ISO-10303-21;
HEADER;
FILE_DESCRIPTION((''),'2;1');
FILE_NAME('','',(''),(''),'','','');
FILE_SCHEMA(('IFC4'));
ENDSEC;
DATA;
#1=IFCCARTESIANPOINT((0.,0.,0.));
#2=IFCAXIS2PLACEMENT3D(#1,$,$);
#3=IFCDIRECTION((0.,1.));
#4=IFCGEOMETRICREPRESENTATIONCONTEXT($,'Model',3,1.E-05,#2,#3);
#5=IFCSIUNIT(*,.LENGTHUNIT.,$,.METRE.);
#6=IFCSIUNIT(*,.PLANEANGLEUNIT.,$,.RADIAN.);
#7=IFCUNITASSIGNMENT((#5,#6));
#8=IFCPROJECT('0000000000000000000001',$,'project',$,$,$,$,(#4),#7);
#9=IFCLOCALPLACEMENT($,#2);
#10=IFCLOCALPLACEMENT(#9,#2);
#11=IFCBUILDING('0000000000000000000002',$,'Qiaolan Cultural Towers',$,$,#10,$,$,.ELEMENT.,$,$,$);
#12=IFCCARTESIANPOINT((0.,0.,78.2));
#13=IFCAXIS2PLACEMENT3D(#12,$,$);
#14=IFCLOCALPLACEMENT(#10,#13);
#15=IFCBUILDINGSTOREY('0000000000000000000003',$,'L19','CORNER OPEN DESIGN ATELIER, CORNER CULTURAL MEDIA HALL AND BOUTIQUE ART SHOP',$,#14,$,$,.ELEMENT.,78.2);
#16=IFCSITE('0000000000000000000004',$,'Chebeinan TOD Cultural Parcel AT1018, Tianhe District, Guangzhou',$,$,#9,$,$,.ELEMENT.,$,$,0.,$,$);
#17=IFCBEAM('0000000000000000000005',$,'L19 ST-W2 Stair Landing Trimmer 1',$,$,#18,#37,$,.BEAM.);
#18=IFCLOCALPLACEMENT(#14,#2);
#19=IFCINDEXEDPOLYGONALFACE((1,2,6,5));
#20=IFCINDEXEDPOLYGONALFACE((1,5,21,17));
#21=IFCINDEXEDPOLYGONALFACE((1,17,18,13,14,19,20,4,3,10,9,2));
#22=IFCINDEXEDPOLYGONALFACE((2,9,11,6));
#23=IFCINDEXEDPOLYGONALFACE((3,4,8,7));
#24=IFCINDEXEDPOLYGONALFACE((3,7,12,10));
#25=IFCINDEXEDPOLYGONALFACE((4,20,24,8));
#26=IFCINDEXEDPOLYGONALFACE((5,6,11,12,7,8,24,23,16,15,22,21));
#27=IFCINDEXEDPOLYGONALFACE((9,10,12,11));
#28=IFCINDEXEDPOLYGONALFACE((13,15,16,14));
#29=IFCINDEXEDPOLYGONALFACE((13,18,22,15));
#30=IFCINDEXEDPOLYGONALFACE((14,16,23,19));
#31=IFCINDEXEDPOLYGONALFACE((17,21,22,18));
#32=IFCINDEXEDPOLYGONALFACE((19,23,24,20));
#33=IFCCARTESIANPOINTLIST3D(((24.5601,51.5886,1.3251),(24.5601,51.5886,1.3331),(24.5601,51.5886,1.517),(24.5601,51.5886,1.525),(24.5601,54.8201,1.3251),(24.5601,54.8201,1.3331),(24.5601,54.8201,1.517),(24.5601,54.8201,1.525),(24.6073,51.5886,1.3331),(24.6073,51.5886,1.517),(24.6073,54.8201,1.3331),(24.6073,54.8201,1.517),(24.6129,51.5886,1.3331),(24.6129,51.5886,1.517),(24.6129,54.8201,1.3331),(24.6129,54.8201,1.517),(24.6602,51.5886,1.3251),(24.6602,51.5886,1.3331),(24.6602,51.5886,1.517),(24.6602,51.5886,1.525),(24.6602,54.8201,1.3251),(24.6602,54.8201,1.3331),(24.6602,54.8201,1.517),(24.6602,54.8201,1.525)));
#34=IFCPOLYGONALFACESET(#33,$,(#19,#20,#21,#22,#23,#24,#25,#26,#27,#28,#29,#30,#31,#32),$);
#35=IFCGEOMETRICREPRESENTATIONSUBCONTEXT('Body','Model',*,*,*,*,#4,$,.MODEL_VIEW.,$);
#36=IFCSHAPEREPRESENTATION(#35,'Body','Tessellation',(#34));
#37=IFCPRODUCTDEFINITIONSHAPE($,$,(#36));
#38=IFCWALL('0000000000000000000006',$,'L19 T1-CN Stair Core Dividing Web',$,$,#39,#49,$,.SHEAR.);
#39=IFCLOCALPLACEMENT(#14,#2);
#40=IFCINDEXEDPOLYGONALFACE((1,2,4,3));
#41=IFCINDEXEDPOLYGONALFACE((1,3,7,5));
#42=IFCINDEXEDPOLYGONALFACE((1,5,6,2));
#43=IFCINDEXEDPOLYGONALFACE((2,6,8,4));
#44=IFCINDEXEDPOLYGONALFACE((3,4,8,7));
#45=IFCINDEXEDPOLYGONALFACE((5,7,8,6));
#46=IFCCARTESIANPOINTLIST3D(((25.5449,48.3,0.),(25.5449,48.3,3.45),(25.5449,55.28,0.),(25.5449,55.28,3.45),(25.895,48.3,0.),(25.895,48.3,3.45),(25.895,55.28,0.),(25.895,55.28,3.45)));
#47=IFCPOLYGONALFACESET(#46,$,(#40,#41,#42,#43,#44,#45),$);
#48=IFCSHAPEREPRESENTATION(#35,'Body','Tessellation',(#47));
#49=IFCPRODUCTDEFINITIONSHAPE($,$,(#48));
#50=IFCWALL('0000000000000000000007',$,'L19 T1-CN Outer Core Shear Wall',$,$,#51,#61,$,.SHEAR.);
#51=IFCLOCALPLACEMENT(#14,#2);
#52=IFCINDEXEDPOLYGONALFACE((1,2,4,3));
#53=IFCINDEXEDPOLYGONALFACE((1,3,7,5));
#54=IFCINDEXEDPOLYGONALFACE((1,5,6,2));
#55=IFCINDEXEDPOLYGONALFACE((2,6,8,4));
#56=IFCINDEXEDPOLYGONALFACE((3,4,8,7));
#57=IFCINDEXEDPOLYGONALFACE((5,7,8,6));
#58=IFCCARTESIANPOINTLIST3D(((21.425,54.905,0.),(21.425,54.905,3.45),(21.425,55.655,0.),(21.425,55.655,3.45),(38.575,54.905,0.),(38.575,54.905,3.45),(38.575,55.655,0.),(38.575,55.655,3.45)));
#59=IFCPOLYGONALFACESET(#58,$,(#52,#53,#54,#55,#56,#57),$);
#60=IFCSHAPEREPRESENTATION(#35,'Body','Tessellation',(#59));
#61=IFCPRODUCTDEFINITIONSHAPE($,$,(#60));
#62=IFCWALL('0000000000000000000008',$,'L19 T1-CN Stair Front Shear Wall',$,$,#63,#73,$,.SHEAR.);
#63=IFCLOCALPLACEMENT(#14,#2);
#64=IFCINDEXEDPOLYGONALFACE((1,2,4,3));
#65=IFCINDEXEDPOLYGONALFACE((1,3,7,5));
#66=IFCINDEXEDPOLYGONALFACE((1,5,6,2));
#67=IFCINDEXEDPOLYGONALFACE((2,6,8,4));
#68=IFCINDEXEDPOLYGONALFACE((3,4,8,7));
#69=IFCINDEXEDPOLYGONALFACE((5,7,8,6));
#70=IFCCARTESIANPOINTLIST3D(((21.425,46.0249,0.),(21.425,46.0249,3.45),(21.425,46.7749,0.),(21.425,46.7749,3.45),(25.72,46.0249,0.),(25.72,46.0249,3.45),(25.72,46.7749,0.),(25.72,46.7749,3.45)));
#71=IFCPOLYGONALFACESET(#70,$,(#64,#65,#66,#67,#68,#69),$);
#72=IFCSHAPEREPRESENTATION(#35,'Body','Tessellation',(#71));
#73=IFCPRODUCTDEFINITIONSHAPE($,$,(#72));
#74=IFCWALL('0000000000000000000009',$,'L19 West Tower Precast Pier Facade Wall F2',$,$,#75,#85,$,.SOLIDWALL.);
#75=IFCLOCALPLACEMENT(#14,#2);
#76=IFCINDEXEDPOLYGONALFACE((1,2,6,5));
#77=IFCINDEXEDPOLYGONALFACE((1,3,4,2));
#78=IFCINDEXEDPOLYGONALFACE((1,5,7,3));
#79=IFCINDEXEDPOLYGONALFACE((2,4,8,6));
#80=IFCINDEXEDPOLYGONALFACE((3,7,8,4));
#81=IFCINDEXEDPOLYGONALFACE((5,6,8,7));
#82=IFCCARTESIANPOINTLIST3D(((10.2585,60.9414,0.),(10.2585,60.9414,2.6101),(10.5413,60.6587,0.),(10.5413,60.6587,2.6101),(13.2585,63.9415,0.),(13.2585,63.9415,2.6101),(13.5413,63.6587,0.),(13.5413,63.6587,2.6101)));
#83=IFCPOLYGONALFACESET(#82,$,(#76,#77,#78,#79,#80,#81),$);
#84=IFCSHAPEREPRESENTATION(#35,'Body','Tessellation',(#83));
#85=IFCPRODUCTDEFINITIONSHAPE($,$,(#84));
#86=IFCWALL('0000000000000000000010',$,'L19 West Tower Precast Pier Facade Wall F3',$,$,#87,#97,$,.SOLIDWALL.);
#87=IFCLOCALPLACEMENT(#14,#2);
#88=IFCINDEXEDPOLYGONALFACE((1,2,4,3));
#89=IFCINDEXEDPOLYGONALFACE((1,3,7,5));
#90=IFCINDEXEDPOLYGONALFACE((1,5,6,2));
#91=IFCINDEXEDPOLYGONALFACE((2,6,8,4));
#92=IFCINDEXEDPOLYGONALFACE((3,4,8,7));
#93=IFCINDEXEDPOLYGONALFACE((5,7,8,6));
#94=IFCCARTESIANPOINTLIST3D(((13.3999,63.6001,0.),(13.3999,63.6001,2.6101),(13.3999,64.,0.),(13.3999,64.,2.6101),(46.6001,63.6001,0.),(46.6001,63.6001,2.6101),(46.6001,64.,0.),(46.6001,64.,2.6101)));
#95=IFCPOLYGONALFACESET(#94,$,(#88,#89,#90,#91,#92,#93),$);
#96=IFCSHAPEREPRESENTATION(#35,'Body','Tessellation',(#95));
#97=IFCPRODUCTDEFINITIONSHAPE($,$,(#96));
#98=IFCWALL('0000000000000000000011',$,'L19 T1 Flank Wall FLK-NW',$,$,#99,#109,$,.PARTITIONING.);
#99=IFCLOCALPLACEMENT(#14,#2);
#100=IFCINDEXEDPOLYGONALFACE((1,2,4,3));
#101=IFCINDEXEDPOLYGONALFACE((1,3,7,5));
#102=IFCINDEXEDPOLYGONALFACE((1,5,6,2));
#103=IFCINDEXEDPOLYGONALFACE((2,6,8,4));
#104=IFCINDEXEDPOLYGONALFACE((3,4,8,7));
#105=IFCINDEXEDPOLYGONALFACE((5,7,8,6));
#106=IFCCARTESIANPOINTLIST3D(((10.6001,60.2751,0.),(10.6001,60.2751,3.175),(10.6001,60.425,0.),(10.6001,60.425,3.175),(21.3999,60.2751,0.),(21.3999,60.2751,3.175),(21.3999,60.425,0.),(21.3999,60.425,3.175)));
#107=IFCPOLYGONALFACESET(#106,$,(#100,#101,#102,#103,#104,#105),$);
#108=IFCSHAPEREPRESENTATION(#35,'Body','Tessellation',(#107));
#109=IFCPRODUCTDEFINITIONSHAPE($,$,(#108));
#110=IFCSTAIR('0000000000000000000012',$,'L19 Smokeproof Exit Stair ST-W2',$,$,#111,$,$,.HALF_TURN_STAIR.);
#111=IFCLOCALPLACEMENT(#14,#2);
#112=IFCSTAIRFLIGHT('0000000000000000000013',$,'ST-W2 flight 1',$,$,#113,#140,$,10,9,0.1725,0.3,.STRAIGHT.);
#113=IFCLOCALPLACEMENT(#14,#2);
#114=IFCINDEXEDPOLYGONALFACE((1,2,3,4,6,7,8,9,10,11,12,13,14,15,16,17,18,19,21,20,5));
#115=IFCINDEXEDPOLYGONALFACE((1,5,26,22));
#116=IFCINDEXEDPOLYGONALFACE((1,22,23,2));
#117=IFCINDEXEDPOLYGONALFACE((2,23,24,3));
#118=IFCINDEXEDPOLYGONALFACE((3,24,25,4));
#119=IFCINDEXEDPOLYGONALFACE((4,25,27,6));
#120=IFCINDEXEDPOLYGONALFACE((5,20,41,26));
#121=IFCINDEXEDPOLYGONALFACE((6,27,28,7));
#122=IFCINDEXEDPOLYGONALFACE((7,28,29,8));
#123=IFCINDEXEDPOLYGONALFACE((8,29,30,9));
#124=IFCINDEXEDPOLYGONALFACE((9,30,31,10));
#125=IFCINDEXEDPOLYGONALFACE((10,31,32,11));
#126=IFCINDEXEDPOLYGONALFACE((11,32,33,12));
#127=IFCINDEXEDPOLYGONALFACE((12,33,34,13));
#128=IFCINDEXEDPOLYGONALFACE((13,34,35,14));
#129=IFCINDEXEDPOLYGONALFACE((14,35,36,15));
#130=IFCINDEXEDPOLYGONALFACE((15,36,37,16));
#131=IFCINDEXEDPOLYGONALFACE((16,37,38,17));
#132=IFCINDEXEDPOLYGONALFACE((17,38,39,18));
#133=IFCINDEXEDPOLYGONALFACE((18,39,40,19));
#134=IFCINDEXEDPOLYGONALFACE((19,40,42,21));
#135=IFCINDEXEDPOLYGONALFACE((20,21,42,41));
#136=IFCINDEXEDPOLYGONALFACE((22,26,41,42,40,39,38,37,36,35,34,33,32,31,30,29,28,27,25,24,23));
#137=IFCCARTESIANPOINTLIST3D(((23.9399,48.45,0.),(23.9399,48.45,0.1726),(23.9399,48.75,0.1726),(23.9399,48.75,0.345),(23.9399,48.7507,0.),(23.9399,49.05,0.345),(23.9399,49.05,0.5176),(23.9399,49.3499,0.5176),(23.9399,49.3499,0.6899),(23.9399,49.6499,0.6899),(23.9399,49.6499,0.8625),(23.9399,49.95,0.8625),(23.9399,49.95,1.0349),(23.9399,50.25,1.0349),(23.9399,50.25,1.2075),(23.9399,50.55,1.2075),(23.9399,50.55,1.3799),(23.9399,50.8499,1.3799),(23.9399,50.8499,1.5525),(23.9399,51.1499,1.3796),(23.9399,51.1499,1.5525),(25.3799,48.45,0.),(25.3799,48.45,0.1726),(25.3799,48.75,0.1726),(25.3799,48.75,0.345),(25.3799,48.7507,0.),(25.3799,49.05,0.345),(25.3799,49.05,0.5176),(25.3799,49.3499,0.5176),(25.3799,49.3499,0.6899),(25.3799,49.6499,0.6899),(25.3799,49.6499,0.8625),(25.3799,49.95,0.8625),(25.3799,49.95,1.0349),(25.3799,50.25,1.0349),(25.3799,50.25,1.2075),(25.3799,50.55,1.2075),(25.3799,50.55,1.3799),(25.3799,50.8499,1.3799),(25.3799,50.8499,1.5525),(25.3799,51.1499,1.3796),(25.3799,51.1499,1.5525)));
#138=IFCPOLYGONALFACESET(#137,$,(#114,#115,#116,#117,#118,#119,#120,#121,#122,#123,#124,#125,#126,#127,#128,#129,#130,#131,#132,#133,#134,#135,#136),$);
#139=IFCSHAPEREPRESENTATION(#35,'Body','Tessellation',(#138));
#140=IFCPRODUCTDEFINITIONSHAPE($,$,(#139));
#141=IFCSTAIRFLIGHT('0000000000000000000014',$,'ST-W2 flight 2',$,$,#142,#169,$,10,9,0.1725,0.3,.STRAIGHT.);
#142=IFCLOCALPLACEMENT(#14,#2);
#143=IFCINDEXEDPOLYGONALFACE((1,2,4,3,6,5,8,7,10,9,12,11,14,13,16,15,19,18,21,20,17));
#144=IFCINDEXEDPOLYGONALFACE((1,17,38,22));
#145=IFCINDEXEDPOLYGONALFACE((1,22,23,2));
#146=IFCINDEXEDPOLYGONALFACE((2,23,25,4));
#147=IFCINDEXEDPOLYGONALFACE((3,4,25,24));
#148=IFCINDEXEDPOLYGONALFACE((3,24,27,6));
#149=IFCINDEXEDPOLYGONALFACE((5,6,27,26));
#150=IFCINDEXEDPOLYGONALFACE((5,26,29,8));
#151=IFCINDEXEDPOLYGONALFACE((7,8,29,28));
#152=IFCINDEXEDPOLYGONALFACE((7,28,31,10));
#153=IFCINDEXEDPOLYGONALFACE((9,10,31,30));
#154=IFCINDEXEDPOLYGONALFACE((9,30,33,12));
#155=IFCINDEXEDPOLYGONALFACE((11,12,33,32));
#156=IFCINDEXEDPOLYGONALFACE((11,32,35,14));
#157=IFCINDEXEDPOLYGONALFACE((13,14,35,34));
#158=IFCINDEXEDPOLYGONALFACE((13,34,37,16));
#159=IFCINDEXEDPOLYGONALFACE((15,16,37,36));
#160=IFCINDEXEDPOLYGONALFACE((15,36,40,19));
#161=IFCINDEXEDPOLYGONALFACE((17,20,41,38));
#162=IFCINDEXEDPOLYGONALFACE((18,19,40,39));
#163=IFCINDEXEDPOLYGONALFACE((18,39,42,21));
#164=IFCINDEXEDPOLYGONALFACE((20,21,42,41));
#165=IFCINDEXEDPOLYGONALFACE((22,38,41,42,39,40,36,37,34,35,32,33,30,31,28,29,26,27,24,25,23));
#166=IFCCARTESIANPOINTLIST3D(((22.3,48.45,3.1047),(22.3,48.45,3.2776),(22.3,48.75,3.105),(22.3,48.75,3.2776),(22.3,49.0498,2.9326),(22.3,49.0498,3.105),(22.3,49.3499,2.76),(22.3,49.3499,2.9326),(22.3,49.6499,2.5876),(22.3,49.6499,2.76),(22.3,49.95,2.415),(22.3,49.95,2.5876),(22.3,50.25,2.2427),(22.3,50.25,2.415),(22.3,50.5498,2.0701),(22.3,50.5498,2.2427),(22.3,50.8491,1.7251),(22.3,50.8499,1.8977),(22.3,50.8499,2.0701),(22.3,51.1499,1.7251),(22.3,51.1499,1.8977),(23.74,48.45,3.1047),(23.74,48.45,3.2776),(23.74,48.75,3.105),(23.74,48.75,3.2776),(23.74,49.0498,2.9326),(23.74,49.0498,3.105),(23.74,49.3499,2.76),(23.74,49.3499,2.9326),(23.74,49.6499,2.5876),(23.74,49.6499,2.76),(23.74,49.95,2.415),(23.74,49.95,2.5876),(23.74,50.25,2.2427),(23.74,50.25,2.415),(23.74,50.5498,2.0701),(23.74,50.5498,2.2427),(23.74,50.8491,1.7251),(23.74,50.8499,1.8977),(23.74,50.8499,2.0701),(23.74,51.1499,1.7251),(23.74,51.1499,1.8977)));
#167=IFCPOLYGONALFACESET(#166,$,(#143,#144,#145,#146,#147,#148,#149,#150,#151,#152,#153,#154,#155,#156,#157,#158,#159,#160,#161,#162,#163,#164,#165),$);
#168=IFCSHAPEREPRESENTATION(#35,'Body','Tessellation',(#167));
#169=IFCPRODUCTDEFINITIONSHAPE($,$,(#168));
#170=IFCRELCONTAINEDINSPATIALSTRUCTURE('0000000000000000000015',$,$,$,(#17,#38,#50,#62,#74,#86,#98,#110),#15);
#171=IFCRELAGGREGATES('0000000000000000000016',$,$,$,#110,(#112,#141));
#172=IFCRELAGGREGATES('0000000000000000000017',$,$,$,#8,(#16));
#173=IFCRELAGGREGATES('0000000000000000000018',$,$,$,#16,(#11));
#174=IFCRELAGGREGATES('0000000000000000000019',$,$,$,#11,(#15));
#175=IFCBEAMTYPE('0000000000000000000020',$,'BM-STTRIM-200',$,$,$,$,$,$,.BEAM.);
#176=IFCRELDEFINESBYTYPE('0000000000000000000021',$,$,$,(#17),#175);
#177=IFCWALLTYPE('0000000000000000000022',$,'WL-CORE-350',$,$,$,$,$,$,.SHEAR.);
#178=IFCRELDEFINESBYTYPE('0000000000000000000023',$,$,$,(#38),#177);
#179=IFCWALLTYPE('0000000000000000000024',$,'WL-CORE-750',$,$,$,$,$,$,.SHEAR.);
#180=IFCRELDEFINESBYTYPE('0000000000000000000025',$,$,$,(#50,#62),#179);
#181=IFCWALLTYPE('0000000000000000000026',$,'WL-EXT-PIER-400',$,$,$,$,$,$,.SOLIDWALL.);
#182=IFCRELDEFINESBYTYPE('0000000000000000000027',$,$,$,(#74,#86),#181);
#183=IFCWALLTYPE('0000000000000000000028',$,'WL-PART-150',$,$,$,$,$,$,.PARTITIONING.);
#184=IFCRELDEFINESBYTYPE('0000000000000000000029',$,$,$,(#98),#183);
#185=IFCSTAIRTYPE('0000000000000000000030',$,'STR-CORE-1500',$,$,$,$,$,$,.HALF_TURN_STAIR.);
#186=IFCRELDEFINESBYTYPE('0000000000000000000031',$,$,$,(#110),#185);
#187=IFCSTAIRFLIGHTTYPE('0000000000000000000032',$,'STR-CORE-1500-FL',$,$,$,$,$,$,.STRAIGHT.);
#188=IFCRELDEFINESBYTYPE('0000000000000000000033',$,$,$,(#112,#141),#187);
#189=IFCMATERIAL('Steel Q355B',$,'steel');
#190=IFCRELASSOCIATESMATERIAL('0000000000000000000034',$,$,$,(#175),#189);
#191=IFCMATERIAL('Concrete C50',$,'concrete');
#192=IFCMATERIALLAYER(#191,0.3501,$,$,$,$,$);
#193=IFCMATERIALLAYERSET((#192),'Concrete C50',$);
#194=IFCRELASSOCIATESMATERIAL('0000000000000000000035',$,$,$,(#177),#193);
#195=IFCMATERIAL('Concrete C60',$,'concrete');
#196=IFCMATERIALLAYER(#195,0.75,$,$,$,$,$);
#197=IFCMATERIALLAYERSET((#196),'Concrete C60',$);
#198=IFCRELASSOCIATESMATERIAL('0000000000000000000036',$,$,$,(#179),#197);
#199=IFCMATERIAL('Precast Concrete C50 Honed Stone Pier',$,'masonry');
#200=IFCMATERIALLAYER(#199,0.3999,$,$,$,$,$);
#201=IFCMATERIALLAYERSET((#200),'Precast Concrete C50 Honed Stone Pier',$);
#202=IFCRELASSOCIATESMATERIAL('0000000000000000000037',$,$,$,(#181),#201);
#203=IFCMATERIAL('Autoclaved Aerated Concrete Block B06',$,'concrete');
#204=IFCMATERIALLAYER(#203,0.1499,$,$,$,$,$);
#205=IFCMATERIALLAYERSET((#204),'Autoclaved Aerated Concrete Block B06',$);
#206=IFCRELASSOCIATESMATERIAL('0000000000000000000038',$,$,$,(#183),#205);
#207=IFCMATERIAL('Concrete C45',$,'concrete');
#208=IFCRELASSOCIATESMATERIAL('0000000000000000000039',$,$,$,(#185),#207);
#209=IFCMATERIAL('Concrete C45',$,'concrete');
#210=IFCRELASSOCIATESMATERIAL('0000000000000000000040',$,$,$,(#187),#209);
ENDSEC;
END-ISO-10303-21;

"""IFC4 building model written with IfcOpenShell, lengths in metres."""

from ifc_helpers import new_model, si_unit, direction, frame, frame_2d, origin, origin_2d, place, context, subcontext, project, spatial, polyline, rectangle, i_section, outline, extrude, material, layer, layer_set, material_profile, profile_set, type_object, element, aggregate, save


model = new_model("IFC4")

# Units and contexts
model_context = context("Model", 3, precision=1e-05, world=origin(), true_north=direction((0.0, 1.0)))
body_context = subcontext(model_context, "Body", "Model", "MODEL_VIEW")
ifc_project = project(units=[si_unit("LENGTHUNIT", "METRE"), si_unit("PLANEANGLEUNIT", "RADIAN")], contexts=[model_context])

# Site, building, storey
site_placement = place(None, origin())
site = spatial("IfcSite", under=ifc_project, at=site_placement, Name="Chebeinan TOD Cultural Parcel AT1018, Tianhe District, Guangzhou", CompositionType="ELEMENT", RefElevation=0.0)
building_placement = place(site_placement, origin())
building = spatial("IfcBuilding", under=site, at=building_placement, Name="Qiaolan Cultural Towers", CompositionType="ELEMENT")
storey_placement = place(building_placement, frame((0.0, 0.0, 78.2)))
storey = spatial("IfcBuildingStorey", under=building, at=storey_placement, Name="L19", Description="CORNER OPEN DESIGN ATELIER, CORNER CULTURAL MEDIA HALL AND BOUTIQUE ART SHOP", CompositionType="ELEMENT", Elevation=78.2)

# Beam
ifc_material_1 = material(Name="Steel Q355B", Category="steel")
ifc_material_profile_1 = material_profile(ifc_material_1, i_section(OverallWidth=0.1001, OverallDepth=0.2, WebThickness=0.0056, FlangeThickness=0.0081, at=origin_2d()), Name="HN200x100x5.5x8")
ifc_profile_set_1 = profile_set([ifc_material_profile_1], Name="Steel Q355B")
beam_type_1 = type_object("IfcBeamType", Name="BM-STTRIM-200", PredefinedType="BEAM", material=ifc_profile_set_1)
beam_1_placement = place(storey_placement, frame((24.6101, 51.5886, 1.425), z_axis=(0.0, 1.0, 0.0), x_axis=(-1.0, 0.0, 0.0)))
element("IfcBeam", 1, at=beam_1_placement, inside=storey, type_object=beam_type_1, Name="L19 ST-W2 Stair Landing Trimmer 1", PredefinedType="BEAM", context=body_context, shape_type="SweptSolid", body=[
    extrude(i_section(OverallWidth=0.1001, OverallDepth=0.2, WebThickness=0.0056, FlangeThickness=0.0081, at=origin_2d()), origin(), (0.0, 0.0, 1.0), 3.2314),
])

# Walls
ifc_material_2 = material(Name="Concrete C50", Category="concrete")
ifc_layer_1 = layer(ifc_material_2, 0.3501)
ifc_layer_set_1 = layer_set([ifc_layer_1], Name="Concrete C50")
wall_type_1 = type_object("IfcWallType", Name="WL-CORE-350", PredefinedType="SHEAR", material=ifc_layer_set_1)
wall_1_placement = place(storey_placement, frame((25.72, 48.3, 0.0), z_axis=(0.0, 0.0, 1.0), x_axis=(0.0, 1.0, 0.0)))
element("IfcWall", 2, at=wall_1_placement, inside=storey, type_object=wall_type_1, Name="L19 T1-CN Stair Core Dividing Web", PredefinedType="SHEAR", context=body_context, shape_type="SweptSolid", body=[
    extrude(rectangle(XDim=6.98, YDim=0.3501, at=frame_2d((3.49, 0.0))), origin(), (0.0, 0.0, 1.0), 3.45),
])
ifc_material_3 = material(Name="Concrete C60", Category="concrete")
ifc_layer_2 = layer(ifc_material_3, 0.75)
ifc_layer_set_2 = layer_set([ifc_layer_2], Name="Concrete C60")
wall_type_2 = type_object("IfcWallType", Name="WL-CORE-750", PredefinedType="SHEAR", material=ifc_layer_set_2)
wall_2_placement = place(storey_placement, frame((21.425, 55.28, 0.0), z_axis=(0.0, 0.0, 1.0), x_axis=(1.0, 0.0, 0.0)))
element("IfcWall", 3, at=wall_2_placement, inside=storey, type_object=wall_type_2, Name="L19 T1-CN Outer Core Shear Wall", PredefinedType="SHEAR", context=body_context, shape_type="SweptSolid", body=[
    extrude(rectangle(XDim=17.1499, YDim=0.75, at=frame_2d((8.575, 0.0))), origin(), (0.0, 0.0, 1.0), 3.45),
])
wall_3_placement = place(storey_placement, frame((21.425, 46.3999, 0.0), z_axis=(0.0, 0.0, 1.0), x_axis=(1.0, 0.0, 0.0)))
element("IfcWall", 4, at=wall_3_placement, inside=storey, type_object=wall_type_2, Name="L19 T1-CN Stair Front Shear Wall", PredefinedType="SHEAR", context=body_context, shape_type="SweptSolid", body=[
    extrude(rectangle(XDim=4.2949, YDim=0.75, at=frame_2d((2.1475, 0.0))), origin(), (0.0, 0.0, 1.0), 3.45),
])
ifc_material_4 = material(Name="Precast Concrete C50 Honed Stone Pier", Category="masonry")
ifc_layer_3 = layer(ifc_material_4, 0.3999)
ifc_layer_set_3 = layer_set([ifc_layer_3], Name="Precast Concrete C50 Honed Stone Pier")
wall_type_3 = type_object("IfcWallType", Name="WL-EXT-PIER-400", PredefinedType="SOLIDWALL", material=ifc_layer_set_3)
wall_4_placement = place(storey_placement, frame((10.3999, 60.8, 0.0), z_axis=(0.0, 0.0, 1.0), x_axis=(0.707107, 0.707107, 0.0)))
element("IfcWall", 5, at=wall_4_placement, inside=storey, type_object=wall_type_3, Name="L19 West Tower Precast Pier Facade Wall F2", PredefinedType="SOLIDWALL", context=body_context, shape_type="SweptSolid", body=[
    extrude(rectangle(XDim=4.2427, YDim=0.3999, at=frame_2d((2.1213, 0.0))), origin(), (0.0, 0.0, 1.0), 2.6101),
])
wall_5_placement = place(storey_placement, frame((13.3999, 63.8, 0.0), z_axis=(0.0, 0.0, 1.0), x_axis=(1.0, 0.0, 0.0)))
element("IfcWall", 6, at=wall_5_placement, inside=storey, type_object=wall_type_3, Name="L19 West Tower Precast Pier Facade Wall F3", PredefinedType="SOLIDWALL", context=body_context, shape_type="SweptSolid", body=[
    extrude(rectangle(XDim=33.2002, YDim=0.3999, at=frame_2d((16.6001, 0.0))), origin(), (0.0, 0.0, 1.0), 2.6101),
])
ifc_material_5 = material(Name="Autoclaved Aerated Concrete Block B06", Category="concrete")
ifc_layer_4 = layer(ifc_material_5, 0.1499)
ifc_layer_set_4 = layer_set([ifc_layer_4], Name="Autoclaved Aerated Concrete Block B06")
wall_type_4 = type_object("IfcWallType", Name="WL-PART-150", PredefinedType="PARTITIONING", material=ifc_layer_set_4)
wall_6_placement = place(storey_placement, frame((10.6001, 60.3501, 0.0), z_axis=(0.0, 0.0, 1.0), x_axis=(1.0, 0.0, 0.0)))
element("IfcWall", 7, at=wall_6_placement, inside=storey, type_object=wall_type_4, Name="L19 T1 Flank Wall FLK-NW", PredefinedType="PARTITIONING", context=body_context, shape_type="SweptSolid", body=[
    extrude(rectangle(XDim=10.7998, YDim=0.1499, at=frame_2d((5.3999, 0.0))), origin(), (0.0, 0.0, 1.0), 3.175),
])

# Stair, stair flights
ifc_material_6 = material(Name="Concrete C45", Category="concrete")
stair_type = type_object("IfcStairType", Name="STR-CORE-1500", PredefinedType="HALF_TURN_STAIR", material=ifc_material_6)
stair_placement = place(storey_placement, origin())
stair = element("IfcStair", 8, at=stair_placement, inside=storey, type_object=stair_type, Name="L19 Smokeproof Exit Stair ST-W2", PredefinedType="HALF_TURN_STAIR")
ifc_material_7 = material(Name="Concrete C45", Category="concrete")
stair_flight_type = type_object("IfcStairFlightType", Name="STR-CORE-1500-FL", PredefinedType="STRAIGHT", material=ifc_material_7)
stair_flight_1_placement = place(storey_placement, frame((24.6599, 48.45, 0.0), z_axis=(0.0, 0.0, 1.0), x_axis=(0.0, 1.0, 0.0)))
stair_flight_1 = element("IfcStairFlight", 9, at=stair_flight_1_placement, type_object=stair_flight_type, Name="ST-W2 flight 1", NumberOfRisers=10, NumberOfTreads=9, PredefinedType="STRAIGHT", RiserHeight=0.1725, TreadLength=0.3, context=body_context, shape_type="SweptSolid", body=[
    extrude(outline(polyline([(0.0, 0.0), (0.0, 0.1726), (0.3, 0.1726), (0.3, 0.345), (0.6001, 0.345), (0.6001, 0.5176), (0.8999, 0.5176), (0.8999, 0.6899), (1.2, 0.6899), (1.2, 0.8625), (1.5, 0.8625), (1.5, 1.0349), (1.8, 1.0349), (1.8, 1.2075), (2.1001, 1.2075), (2.1001, 1.3799), (2.3999, 1.3799), (2.3999, 1.5525), (2.7, 1.5525), (2.7, 1.7251), (2.7, 1.3796), (0.3008, 0.0), (0.0, 0.0)])), frame((0.0, 0.72, 0.0), z_axis=(0.0, -1.0, 0.0), x_axis=(1.0, 0.0, 0.0)), (0.0, 0.0, 1.0), 1.4399),
])
stair_flight_2_placement = place(storey_placement, frame((23.02, 51.1499, 1.7251), z_axis=(0.0, 0.0, 1.0), x_axis=(0.0, -1.0, 0.0)))
stair_flight_2 = element("IfcStairFlight", 10, at=stair_flight_2_placement, type_object=stair_flight_type, Name="ST-W2 flight 2", NumberOfRisers=10, NumberOfTreads=9, PredefinedType="STRAIGHT", RiserHeight=0.1725, TreadLength=0.3, context=body_context, shape_type="SweptSolid", body=[
    extrude(outline(polyline([(0.0, 0.0), (0.0, 0.1726), (0.3, 0.1726), (0.3, 0.345), (0.6001, 0.345), (0.6001, 0.5176), (0.8999, 0.5176), (0.8999, 0.6899), (1.2, 0.6899), (1.2, 0.8625), (1.5, 0.8625), (1.5, 1.0349), (1.8, 1.0349), (1.8, 1.2075), (2.1001, 1.2075), (2.1001, 1.3799), (2.3999, 1.3799), (2.3999, 1.5525), (2.7, 1.5525), (2.7, 1.7251), (2.7, 1.3796), (0.3008, 0.0), (0.0, 0.0)])), frame((0.0, 0.72, 0.0), z_axis=(0.0, -1.0, 0.0), x_axis=(1.0, 0.0, 0.0)), (0.0, 0.0, 1.0), 1.4399),
])
aggregate(stair, [stair_flight_1, stair_flight_2])

save(model, "model.ifc")
